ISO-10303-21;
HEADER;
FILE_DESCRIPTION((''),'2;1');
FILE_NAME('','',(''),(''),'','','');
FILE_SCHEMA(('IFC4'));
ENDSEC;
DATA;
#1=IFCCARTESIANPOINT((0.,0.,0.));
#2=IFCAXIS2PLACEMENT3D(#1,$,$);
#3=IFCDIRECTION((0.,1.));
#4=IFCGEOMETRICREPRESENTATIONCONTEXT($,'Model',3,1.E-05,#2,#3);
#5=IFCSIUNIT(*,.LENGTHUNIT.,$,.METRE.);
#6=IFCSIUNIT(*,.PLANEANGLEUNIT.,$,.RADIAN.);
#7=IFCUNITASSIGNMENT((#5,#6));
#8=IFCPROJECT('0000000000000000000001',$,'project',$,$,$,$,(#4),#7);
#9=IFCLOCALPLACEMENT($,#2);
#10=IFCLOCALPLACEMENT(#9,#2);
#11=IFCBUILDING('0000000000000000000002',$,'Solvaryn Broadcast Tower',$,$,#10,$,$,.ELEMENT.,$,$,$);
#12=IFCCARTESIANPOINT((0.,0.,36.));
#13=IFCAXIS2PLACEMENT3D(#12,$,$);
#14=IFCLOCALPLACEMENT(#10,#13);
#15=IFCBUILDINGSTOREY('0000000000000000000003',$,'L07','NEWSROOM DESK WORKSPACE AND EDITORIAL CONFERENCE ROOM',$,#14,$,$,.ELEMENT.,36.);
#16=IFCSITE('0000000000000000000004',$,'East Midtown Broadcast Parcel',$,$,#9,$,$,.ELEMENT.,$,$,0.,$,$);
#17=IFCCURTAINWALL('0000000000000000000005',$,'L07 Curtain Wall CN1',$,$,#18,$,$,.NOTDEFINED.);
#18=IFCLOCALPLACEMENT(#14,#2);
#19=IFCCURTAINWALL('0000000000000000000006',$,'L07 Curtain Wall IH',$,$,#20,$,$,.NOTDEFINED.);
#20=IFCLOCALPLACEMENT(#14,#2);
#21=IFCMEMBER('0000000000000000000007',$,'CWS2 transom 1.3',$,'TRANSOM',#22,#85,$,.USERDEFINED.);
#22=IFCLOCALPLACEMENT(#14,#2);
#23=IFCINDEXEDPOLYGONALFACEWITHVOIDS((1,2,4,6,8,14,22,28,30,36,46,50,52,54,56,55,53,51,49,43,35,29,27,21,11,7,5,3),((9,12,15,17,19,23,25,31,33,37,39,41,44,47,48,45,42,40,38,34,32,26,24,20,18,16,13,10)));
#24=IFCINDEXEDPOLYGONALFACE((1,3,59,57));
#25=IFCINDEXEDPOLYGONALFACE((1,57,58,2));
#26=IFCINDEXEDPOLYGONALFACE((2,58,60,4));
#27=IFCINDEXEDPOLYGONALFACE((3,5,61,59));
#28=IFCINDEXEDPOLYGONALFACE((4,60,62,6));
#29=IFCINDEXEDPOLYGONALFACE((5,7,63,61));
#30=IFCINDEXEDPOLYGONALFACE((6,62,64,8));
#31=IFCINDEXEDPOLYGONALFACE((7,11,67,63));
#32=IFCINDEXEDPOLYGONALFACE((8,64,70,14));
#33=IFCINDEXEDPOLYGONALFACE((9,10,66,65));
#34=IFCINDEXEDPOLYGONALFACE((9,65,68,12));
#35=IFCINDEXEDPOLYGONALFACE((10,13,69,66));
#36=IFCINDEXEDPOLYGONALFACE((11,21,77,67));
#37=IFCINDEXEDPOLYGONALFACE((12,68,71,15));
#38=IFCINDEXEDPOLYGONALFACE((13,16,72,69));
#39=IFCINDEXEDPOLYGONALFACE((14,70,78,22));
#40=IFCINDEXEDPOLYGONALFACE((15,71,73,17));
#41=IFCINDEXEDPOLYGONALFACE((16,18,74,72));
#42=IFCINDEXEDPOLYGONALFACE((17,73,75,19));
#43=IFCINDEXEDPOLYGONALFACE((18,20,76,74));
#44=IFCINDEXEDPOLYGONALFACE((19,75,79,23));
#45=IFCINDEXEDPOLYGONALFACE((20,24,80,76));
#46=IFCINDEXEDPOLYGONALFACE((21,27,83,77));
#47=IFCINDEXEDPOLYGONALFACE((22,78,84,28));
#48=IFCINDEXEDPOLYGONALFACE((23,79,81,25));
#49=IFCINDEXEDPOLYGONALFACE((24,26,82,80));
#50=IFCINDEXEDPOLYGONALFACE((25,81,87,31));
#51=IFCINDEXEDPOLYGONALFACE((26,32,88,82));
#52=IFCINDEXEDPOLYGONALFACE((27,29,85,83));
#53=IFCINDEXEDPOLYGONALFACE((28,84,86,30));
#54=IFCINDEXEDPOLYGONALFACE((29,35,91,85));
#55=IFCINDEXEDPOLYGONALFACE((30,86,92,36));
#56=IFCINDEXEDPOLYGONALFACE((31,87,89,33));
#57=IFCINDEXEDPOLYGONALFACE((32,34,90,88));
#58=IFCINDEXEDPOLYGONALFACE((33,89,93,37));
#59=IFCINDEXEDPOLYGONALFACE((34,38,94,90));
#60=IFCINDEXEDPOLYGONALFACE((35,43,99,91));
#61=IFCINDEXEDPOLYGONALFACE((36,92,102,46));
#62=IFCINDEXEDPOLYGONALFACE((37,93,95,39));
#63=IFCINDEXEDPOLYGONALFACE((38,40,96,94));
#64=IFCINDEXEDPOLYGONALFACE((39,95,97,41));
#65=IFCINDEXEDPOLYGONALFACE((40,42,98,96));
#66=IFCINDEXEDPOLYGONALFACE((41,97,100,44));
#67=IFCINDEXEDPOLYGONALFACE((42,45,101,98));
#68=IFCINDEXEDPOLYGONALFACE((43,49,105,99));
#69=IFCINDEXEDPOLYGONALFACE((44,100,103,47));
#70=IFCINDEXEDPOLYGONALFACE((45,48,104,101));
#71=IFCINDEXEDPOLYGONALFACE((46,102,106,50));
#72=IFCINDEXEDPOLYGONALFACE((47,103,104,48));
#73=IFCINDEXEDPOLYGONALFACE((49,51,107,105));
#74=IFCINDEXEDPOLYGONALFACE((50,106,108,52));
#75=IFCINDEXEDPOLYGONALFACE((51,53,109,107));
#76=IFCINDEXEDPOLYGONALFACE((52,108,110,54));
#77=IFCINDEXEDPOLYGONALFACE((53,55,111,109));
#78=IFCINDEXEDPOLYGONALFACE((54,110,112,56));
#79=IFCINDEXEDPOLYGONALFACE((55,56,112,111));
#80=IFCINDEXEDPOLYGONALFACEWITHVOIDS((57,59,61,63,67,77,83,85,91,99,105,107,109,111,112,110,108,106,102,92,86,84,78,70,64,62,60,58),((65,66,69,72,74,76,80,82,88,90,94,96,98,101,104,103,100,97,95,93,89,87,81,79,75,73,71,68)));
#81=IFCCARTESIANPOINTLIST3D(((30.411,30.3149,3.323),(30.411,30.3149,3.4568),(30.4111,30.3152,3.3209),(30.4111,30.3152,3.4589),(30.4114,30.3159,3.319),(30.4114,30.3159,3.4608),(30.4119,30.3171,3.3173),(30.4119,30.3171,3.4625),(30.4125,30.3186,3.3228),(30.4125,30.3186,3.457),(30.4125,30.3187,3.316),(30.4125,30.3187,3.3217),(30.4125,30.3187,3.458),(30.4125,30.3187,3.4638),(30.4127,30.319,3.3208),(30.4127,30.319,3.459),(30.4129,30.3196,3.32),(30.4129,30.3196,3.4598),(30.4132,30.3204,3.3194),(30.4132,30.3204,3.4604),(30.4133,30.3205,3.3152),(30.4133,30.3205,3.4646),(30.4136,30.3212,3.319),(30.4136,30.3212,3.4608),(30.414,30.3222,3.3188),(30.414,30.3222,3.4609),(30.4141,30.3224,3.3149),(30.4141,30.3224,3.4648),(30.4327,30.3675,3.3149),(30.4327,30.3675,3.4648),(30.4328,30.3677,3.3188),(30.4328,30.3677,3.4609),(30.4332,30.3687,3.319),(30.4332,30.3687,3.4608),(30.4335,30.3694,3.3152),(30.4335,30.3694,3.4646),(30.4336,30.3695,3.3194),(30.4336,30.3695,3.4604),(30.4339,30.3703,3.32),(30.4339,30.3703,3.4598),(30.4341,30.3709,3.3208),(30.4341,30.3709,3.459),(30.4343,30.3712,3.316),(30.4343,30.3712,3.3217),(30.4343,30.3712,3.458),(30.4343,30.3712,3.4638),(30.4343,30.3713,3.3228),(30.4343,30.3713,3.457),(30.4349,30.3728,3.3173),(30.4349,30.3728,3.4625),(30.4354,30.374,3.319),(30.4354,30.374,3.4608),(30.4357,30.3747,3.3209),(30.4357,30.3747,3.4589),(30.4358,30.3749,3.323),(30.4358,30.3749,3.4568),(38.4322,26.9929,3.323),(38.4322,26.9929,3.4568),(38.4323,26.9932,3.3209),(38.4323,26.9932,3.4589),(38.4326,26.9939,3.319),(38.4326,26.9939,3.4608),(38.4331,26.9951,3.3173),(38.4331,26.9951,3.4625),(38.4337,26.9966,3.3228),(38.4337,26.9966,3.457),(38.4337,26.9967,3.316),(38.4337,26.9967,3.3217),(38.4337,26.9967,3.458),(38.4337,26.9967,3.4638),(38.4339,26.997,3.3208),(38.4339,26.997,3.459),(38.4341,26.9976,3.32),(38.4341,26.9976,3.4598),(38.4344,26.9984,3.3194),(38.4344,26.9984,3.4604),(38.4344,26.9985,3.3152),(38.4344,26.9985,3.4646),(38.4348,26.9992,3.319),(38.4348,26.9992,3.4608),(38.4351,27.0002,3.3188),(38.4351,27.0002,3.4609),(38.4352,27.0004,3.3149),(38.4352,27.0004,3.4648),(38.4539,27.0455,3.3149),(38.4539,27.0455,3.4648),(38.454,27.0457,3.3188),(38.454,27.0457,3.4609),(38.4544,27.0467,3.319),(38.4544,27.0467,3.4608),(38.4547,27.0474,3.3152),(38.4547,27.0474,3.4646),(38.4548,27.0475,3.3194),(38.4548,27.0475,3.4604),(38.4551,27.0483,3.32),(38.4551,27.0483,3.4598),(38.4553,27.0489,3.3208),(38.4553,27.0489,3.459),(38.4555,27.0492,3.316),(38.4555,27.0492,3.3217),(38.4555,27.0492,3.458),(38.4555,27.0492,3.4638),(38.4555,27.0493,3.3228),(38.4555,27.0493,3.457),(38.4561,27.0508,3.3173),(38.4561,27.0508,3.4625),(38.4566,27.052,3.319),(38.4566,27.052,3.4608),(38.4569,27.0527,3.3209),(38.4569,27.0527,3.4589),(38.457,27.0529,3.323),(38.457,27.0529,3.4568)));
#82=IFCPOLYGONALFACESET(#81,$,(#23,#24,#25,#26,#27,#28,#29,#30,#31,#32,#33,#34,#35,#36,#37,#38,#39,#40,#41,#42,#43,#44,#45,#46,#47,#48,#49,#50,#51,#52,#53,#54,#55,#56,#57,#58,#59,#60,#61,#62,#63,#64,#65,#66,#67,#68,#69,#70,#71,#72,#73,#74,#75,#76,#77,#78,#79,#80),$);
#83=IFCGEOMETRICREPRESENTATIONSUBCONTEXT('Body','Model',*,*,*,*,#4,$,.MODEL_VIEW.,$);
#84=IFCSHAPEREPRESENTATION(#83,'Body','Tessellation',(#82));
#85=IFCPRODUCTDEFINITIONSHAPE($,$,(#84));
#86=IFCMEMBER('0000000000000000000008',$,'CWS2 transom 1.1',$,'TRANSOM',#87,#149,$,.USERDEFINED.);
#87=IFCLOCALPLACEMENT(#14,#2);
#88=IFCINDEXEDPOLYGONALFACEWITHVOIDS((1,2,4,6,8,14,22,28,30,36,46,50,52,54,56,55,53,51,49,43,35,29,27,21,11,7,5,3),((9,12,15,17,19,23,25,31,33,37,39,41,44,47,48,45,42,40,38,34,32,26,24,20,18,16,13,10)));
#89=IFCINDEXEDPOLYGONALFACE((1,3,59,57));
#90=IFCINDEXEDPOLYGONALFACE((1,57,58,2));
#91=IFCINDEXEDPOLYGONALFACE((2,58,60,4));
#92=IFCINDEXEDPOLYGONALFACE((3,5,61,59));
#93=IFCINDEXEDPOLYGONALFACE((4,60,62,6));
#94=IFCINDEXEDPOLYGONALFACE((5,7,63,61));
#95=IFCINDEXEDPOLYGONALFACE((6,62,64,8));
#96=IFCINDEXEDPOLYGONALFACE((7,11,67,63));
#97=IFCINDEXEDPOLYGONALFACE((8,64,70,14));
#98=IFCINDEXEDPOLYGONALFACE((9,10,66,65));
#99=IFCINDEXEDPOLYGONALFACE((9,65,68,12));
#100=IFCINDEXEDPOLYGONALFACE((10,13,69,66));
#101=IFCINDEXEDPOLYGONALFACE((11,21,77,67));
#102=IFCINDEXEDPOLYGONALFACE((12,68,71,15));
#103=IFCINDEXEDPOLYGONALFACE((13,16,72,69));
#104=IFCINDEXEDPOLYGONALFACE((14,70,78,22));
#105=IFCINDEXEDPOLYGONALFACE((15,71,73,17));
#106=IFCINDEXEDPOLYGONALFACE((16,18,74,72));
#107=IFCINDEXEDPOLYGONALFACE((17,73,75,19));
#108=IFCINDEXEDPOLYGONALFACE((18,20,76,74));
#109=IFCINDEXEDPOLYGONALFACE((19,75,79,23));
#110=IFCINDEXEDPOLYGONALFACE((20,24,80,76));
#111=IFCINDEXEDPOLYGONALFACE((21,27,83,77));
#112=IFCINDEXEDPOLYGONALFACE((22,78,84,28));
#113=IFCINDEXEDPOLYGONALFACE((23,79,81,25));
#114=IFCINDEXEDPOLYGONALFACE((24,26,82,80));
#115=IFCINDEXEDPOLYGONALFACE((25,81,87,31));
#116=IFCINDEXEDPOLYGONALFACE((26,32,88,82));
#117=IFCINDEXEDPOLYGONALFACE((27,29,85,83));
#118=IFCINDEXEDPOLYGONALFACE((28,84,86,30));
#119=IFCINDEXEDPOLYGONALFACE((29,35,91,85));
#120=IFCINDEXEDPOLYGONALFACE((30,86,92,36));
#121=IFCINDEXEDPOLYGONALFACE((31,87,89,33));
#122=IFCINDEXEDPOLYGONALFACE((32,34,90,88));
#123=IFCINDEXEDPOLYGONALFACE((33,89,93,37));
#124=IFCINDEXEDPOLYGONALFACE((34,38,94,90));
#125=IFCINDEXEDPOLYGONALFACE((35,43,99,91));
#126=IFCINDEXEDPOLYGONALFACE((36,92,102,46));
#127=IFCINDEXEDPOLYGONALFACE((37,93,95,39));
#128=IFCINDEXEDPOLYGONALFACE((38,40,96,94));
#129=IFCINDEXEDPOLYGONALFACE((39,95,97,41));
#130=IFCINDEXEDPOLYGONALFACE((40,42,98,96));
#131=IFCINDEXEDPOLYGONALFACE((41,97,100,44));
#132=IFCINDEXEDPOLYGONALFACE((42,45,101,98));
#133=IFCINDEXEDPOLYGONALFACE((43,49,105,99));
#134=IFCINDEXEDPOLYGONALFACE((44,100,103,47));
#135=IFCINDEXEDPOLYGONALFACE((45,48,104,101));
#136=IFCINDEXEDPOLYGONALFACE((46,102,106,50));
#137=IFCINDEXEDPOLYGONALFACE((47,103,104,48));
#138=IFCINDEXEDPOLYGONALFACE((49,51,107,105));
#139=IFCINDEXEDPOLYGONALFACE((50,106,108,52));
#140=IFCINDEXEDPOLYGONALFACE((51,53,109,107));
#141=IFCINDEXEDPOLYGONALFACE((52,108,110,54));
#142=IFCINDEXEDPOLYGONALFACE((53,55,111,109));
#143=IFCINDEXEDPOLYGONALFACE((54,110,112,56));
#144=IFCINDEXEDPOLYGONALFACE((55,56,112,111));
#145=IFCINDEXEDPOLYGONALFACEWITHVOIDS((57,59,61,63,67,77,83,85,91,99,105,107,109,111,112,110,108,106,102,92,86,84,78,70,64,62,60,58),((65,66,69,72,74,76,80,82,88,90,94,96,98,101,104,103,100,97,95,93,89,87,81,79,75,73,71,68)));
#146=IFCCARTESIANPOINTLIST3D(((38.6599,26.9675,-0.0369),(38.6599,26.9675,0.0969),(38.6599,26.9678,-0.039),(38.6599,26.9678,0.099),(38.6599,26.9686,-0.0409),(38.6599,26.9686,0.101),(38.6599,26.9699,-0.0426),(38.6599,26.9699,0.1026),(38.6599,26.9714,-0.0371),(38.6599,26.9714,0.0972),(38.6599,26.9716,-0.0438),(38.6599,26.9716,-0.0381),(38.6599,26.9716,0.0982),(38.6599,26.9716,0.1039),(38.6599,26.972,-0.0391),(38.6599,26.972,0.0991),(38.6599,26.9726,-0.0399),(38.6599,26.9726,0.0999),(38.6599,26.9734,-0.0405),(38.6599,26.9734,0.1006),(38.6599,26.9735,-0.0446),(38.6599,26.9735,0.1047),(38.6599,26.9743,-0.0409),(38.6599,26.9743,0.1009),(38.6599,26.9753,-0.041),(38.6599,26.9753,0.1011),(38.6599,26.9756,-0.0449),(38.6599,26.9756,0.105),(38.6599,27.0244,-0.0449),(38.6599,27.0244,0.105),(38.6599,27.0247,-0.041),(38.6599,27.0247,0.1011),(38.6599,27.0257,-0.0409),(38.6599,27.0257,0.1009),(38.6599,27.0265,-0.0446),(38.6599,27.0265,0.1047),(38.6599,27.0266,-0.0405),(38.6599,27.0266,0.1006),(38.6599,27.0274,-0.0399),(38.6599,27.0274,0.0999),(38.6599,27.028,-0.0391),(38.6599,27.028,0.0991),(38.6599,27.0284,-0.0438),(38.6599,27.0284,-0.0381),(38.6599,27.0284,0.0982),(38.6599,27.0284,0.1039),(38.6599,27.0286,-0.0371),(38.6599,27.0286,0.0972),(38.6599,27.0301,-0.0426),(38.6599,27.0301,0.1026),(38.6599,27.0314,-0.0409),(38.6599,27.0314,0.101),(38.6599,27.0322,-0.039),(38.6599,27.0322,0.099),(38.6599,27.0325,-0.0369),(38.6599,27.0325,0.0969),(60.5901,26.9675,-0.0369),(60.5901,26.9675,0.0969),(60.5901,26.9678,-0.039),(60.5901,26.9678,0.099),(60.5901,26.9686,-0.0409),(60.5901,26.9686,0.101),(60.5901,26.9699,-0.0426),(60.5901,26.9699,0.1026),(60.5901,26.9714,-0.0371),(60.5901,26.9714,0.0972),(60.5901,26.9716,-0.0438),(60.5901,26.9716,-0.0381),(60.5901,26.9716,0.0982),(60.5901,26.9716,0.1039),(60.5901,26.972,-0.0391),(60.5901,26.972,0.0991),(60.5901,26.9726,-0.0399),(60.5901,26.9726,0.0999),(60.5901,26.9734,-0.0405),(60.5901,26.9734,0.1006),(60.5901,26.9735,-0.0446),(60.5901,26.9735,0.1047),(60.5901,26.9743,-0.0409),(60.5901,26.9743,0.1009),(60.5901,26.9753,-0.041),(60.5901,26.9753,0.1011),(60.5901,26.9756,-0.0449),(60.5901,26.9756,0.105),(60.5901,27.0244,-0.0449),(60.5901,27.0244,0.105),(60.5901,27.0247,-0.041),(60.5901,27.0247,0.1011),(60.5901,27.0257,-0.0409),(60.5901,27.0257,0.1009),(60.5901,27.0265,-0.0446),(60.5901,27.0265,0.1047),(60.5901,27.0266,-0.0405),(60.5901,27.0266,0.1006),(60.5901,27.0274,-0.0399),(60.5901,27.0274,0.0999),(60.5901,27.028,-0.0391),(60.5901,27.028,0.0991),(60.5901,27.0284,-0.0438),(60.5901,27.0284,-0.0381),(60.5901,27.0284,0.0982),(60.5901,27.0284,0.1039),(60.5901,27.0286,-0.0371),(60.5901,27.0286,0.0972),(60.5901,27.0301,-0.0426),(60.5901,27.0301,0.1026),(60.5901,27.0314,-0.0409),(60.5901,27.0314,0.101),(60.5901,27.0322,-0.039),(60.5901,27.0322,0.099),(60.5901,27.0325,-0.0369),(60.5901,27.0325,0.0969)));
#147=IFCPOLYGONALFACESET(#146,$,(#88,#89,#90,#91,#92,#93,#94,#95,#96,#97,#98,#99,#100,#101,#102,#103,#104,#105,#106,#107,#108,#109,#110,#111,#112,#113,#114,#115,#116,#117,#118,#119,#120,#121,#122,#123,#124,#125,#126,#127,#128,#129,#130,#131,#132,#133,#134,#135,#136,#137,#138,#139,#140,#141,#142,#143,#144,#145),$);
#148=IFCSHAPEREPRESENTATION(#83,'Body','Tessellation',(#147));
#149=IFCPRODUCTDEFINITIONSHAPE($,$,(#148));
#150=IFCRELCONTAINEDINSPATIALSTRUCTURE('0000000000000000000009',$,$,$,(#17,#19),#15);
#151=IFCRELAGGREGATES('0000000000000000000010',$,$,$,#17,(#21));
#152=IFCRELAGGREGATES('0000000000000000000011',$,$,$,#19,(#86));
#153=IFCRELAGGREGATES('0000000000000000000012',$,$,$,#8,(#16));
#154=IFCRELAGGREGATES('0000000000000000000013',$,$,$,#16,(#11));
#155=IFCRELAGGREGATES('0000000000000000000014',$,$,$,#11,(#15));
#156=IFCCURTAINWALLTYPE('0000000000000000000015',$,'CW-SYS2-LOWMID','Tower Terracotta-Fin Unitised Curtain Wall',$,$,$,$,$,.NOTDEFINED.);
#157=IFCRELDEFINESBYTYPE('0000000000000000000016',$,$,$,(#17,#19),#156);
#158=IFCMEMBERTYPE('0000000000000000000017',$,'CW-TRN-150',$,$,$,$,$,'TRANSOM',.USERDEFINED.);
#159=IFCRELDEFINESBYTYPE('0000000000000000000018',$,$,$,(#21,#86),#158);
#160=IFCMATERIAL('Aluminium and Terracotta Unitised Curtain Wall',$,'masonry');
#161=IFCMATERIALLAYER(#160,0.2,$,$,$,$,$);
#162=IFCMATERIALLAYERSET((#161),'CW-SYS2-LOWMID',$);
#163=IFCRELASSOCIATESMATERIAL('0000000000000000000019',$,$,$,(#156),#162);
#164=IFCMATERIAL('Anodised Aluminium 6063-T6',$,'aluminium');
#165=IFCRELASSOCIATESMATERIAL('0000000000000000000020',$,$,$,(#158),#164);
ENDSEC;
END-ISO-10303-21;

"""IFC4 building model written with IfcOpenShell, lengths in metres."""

from ifc_helpers import new_model, si_unit, direction, frame, origin, origin_2d, place, context, subcontext, project, spatial, hollow_rectangle, extrude, material, layer, layer_set, material_profile, profile_set, type_object, element, aggregate, save


model = new_model("IFC4")

# Units and contexts
model_context = context("Model", 3, precision=1e-05, world=origin(), true_north=direction((0.0, 1.0)))
body_context = subcontext(model_context, "Body", "Model", "MODEL_VIEW")
ifc_project = project(units=[si_unit("LENGTHUNIT", "METRE"), si_unit("PLANEANGLEUNIT", "RADIAN")], contexts=[model_context])

# Site, building, storey
site_placement = place(None, origin())
site = spatial("IfcSite", under=ifc_project, at=site_placement, Name="East Midtown Broadcast Parcel", CompositionType="ELEMENT", RefElevation=0.0)
building_placement = place(site_placement, origin())
building = spatial("IfcBuilding", under=site, at=building_placement, Name="Solvaryn Broadcast Tower", CompositionType="ELEMENT")
storey_placement = place(building_placement, frame((0.0, 0.0, 36.0)))
storey = spatial("IfcBuildingStorey", under=building, at=storey_placement, Name="L07", Description="NEWSROOM DESK WORKSPACE AND EDITORIAL CONFERENCE ROOM", CompositionType="ELEMENT", Elevation=36.0)

# Curtain walls
ifc_material_1 = material(Name="Aluminium and Terracotta Unitised Curtain Wall", Category="masonry")
ifc_layer_1 = layer(ifc_material_1, 0.2)
ifc_layer_set_1 = layer_set([ifc_layer_1], Name="CW-SYS2-LOWMID")
curtain_wall_type = type_object("IfcCurtainWallType", Name="CW-SYS2-LOWMID", Description="Tower Terracotta-Fin Unitised Curtain Wall", PredefinedType="NOTDEFINED", material=ifc_layer_set_1)
curtain_wall_1_placement = place(storey_placement, origin())
curtain_wall_1 = element("IfcCurtainWall", 1, at=curtain_wall_1_placement, inside=storey, type_object=curtain_wall_type, Name="L07 Curtain Wall CN1", PredefinedType="NOTDEFINED")
curtain_wall_2_placement = place(storey_placement, origin())
curtain_wall_2 = element("IfcCurtainWall", 2, at=curtain_wall_2_placement, inside=storey, type_object=curtain_wall_type, Name="L07 Curtain Wall IH", PredefinedType="NOTDEFINED")

# Members
ifc_material_2 = material(Name="Anodised Aluminium 6063-T6", Category="aluminium")
ifc_material_profile_1 = material_profile(ifc_material_2, hollow_rectangle(XDim=0.0649, YDim=0.1499, WallThickness=0.0039, InnerFilletRadius=0.0039, OuterFilletRadius=0.0081, at=origin_2d()))
ifc_profile_set_1 = profile_set([ifc_material_profile_1], Name="Anodised Aluminium 6063-T6")
member_type_1 = type_object("IfcMemberType", Name="CW-TRN-150", ElementType="TRANSOM", PredefinedType="USERDEFINED", material=ifc_profile_set_1)
member_1_placement = place(storey_placement, frame((38.4446, 27.0229, 3.3899), z_axis=(-0.923899, 0.382636, 0.0), x_axis=(-0.382636, -0.923899, 0.0)))
member_1 = element("IfcMember", 3, at=member_1_placement, type_object=member_type_1, Name="CWS2 transom 1.3", ObjectType="TRANSOM", PredefinedType="USERDEFINED", context=body_context, shape_type="SweptSolid", body=[
    extrude(hollow_rectangle(XDim=0.0649, YDim=0.1499, WallThickness=0.0039, InnerFilletRadius=0.0039, OuterFilletRadius=0.0081, at=origin_2d()), origin(), (0.0, 0.0, 1.0), 8.6819),
])
aggregate(curtain_wall_1, [member_1])
member_2_placement = place(storey_placement, frame((38.6599, 27.0, 0.03), z_axis=(1.0, 0.0, 0.0), x_axis=(0.0, 1.0, 0.0)))
member_2 = element("IfcMember", 4, at=member_2_placement, type_object=member_type_1, Name="CWS2 transom 1.1", ObjectType="TRANSOM", PredefinedType="USERDEFINED", context=body_context, shape_type="SweptSolid", body=[
    extrude(hollow_rectangle(XDim=0.0649, YDim=0.1499, WallThickness=0.0039, InnerFilletRadius=0.0039, OuterFilletRadius=0.0081, at=origin_2d()), origin(), (0.0, 0.0, 1.0), 21.9302),
])
aggregate(curtain_wall_2, [member_2])

save(model, "model.ifc")
